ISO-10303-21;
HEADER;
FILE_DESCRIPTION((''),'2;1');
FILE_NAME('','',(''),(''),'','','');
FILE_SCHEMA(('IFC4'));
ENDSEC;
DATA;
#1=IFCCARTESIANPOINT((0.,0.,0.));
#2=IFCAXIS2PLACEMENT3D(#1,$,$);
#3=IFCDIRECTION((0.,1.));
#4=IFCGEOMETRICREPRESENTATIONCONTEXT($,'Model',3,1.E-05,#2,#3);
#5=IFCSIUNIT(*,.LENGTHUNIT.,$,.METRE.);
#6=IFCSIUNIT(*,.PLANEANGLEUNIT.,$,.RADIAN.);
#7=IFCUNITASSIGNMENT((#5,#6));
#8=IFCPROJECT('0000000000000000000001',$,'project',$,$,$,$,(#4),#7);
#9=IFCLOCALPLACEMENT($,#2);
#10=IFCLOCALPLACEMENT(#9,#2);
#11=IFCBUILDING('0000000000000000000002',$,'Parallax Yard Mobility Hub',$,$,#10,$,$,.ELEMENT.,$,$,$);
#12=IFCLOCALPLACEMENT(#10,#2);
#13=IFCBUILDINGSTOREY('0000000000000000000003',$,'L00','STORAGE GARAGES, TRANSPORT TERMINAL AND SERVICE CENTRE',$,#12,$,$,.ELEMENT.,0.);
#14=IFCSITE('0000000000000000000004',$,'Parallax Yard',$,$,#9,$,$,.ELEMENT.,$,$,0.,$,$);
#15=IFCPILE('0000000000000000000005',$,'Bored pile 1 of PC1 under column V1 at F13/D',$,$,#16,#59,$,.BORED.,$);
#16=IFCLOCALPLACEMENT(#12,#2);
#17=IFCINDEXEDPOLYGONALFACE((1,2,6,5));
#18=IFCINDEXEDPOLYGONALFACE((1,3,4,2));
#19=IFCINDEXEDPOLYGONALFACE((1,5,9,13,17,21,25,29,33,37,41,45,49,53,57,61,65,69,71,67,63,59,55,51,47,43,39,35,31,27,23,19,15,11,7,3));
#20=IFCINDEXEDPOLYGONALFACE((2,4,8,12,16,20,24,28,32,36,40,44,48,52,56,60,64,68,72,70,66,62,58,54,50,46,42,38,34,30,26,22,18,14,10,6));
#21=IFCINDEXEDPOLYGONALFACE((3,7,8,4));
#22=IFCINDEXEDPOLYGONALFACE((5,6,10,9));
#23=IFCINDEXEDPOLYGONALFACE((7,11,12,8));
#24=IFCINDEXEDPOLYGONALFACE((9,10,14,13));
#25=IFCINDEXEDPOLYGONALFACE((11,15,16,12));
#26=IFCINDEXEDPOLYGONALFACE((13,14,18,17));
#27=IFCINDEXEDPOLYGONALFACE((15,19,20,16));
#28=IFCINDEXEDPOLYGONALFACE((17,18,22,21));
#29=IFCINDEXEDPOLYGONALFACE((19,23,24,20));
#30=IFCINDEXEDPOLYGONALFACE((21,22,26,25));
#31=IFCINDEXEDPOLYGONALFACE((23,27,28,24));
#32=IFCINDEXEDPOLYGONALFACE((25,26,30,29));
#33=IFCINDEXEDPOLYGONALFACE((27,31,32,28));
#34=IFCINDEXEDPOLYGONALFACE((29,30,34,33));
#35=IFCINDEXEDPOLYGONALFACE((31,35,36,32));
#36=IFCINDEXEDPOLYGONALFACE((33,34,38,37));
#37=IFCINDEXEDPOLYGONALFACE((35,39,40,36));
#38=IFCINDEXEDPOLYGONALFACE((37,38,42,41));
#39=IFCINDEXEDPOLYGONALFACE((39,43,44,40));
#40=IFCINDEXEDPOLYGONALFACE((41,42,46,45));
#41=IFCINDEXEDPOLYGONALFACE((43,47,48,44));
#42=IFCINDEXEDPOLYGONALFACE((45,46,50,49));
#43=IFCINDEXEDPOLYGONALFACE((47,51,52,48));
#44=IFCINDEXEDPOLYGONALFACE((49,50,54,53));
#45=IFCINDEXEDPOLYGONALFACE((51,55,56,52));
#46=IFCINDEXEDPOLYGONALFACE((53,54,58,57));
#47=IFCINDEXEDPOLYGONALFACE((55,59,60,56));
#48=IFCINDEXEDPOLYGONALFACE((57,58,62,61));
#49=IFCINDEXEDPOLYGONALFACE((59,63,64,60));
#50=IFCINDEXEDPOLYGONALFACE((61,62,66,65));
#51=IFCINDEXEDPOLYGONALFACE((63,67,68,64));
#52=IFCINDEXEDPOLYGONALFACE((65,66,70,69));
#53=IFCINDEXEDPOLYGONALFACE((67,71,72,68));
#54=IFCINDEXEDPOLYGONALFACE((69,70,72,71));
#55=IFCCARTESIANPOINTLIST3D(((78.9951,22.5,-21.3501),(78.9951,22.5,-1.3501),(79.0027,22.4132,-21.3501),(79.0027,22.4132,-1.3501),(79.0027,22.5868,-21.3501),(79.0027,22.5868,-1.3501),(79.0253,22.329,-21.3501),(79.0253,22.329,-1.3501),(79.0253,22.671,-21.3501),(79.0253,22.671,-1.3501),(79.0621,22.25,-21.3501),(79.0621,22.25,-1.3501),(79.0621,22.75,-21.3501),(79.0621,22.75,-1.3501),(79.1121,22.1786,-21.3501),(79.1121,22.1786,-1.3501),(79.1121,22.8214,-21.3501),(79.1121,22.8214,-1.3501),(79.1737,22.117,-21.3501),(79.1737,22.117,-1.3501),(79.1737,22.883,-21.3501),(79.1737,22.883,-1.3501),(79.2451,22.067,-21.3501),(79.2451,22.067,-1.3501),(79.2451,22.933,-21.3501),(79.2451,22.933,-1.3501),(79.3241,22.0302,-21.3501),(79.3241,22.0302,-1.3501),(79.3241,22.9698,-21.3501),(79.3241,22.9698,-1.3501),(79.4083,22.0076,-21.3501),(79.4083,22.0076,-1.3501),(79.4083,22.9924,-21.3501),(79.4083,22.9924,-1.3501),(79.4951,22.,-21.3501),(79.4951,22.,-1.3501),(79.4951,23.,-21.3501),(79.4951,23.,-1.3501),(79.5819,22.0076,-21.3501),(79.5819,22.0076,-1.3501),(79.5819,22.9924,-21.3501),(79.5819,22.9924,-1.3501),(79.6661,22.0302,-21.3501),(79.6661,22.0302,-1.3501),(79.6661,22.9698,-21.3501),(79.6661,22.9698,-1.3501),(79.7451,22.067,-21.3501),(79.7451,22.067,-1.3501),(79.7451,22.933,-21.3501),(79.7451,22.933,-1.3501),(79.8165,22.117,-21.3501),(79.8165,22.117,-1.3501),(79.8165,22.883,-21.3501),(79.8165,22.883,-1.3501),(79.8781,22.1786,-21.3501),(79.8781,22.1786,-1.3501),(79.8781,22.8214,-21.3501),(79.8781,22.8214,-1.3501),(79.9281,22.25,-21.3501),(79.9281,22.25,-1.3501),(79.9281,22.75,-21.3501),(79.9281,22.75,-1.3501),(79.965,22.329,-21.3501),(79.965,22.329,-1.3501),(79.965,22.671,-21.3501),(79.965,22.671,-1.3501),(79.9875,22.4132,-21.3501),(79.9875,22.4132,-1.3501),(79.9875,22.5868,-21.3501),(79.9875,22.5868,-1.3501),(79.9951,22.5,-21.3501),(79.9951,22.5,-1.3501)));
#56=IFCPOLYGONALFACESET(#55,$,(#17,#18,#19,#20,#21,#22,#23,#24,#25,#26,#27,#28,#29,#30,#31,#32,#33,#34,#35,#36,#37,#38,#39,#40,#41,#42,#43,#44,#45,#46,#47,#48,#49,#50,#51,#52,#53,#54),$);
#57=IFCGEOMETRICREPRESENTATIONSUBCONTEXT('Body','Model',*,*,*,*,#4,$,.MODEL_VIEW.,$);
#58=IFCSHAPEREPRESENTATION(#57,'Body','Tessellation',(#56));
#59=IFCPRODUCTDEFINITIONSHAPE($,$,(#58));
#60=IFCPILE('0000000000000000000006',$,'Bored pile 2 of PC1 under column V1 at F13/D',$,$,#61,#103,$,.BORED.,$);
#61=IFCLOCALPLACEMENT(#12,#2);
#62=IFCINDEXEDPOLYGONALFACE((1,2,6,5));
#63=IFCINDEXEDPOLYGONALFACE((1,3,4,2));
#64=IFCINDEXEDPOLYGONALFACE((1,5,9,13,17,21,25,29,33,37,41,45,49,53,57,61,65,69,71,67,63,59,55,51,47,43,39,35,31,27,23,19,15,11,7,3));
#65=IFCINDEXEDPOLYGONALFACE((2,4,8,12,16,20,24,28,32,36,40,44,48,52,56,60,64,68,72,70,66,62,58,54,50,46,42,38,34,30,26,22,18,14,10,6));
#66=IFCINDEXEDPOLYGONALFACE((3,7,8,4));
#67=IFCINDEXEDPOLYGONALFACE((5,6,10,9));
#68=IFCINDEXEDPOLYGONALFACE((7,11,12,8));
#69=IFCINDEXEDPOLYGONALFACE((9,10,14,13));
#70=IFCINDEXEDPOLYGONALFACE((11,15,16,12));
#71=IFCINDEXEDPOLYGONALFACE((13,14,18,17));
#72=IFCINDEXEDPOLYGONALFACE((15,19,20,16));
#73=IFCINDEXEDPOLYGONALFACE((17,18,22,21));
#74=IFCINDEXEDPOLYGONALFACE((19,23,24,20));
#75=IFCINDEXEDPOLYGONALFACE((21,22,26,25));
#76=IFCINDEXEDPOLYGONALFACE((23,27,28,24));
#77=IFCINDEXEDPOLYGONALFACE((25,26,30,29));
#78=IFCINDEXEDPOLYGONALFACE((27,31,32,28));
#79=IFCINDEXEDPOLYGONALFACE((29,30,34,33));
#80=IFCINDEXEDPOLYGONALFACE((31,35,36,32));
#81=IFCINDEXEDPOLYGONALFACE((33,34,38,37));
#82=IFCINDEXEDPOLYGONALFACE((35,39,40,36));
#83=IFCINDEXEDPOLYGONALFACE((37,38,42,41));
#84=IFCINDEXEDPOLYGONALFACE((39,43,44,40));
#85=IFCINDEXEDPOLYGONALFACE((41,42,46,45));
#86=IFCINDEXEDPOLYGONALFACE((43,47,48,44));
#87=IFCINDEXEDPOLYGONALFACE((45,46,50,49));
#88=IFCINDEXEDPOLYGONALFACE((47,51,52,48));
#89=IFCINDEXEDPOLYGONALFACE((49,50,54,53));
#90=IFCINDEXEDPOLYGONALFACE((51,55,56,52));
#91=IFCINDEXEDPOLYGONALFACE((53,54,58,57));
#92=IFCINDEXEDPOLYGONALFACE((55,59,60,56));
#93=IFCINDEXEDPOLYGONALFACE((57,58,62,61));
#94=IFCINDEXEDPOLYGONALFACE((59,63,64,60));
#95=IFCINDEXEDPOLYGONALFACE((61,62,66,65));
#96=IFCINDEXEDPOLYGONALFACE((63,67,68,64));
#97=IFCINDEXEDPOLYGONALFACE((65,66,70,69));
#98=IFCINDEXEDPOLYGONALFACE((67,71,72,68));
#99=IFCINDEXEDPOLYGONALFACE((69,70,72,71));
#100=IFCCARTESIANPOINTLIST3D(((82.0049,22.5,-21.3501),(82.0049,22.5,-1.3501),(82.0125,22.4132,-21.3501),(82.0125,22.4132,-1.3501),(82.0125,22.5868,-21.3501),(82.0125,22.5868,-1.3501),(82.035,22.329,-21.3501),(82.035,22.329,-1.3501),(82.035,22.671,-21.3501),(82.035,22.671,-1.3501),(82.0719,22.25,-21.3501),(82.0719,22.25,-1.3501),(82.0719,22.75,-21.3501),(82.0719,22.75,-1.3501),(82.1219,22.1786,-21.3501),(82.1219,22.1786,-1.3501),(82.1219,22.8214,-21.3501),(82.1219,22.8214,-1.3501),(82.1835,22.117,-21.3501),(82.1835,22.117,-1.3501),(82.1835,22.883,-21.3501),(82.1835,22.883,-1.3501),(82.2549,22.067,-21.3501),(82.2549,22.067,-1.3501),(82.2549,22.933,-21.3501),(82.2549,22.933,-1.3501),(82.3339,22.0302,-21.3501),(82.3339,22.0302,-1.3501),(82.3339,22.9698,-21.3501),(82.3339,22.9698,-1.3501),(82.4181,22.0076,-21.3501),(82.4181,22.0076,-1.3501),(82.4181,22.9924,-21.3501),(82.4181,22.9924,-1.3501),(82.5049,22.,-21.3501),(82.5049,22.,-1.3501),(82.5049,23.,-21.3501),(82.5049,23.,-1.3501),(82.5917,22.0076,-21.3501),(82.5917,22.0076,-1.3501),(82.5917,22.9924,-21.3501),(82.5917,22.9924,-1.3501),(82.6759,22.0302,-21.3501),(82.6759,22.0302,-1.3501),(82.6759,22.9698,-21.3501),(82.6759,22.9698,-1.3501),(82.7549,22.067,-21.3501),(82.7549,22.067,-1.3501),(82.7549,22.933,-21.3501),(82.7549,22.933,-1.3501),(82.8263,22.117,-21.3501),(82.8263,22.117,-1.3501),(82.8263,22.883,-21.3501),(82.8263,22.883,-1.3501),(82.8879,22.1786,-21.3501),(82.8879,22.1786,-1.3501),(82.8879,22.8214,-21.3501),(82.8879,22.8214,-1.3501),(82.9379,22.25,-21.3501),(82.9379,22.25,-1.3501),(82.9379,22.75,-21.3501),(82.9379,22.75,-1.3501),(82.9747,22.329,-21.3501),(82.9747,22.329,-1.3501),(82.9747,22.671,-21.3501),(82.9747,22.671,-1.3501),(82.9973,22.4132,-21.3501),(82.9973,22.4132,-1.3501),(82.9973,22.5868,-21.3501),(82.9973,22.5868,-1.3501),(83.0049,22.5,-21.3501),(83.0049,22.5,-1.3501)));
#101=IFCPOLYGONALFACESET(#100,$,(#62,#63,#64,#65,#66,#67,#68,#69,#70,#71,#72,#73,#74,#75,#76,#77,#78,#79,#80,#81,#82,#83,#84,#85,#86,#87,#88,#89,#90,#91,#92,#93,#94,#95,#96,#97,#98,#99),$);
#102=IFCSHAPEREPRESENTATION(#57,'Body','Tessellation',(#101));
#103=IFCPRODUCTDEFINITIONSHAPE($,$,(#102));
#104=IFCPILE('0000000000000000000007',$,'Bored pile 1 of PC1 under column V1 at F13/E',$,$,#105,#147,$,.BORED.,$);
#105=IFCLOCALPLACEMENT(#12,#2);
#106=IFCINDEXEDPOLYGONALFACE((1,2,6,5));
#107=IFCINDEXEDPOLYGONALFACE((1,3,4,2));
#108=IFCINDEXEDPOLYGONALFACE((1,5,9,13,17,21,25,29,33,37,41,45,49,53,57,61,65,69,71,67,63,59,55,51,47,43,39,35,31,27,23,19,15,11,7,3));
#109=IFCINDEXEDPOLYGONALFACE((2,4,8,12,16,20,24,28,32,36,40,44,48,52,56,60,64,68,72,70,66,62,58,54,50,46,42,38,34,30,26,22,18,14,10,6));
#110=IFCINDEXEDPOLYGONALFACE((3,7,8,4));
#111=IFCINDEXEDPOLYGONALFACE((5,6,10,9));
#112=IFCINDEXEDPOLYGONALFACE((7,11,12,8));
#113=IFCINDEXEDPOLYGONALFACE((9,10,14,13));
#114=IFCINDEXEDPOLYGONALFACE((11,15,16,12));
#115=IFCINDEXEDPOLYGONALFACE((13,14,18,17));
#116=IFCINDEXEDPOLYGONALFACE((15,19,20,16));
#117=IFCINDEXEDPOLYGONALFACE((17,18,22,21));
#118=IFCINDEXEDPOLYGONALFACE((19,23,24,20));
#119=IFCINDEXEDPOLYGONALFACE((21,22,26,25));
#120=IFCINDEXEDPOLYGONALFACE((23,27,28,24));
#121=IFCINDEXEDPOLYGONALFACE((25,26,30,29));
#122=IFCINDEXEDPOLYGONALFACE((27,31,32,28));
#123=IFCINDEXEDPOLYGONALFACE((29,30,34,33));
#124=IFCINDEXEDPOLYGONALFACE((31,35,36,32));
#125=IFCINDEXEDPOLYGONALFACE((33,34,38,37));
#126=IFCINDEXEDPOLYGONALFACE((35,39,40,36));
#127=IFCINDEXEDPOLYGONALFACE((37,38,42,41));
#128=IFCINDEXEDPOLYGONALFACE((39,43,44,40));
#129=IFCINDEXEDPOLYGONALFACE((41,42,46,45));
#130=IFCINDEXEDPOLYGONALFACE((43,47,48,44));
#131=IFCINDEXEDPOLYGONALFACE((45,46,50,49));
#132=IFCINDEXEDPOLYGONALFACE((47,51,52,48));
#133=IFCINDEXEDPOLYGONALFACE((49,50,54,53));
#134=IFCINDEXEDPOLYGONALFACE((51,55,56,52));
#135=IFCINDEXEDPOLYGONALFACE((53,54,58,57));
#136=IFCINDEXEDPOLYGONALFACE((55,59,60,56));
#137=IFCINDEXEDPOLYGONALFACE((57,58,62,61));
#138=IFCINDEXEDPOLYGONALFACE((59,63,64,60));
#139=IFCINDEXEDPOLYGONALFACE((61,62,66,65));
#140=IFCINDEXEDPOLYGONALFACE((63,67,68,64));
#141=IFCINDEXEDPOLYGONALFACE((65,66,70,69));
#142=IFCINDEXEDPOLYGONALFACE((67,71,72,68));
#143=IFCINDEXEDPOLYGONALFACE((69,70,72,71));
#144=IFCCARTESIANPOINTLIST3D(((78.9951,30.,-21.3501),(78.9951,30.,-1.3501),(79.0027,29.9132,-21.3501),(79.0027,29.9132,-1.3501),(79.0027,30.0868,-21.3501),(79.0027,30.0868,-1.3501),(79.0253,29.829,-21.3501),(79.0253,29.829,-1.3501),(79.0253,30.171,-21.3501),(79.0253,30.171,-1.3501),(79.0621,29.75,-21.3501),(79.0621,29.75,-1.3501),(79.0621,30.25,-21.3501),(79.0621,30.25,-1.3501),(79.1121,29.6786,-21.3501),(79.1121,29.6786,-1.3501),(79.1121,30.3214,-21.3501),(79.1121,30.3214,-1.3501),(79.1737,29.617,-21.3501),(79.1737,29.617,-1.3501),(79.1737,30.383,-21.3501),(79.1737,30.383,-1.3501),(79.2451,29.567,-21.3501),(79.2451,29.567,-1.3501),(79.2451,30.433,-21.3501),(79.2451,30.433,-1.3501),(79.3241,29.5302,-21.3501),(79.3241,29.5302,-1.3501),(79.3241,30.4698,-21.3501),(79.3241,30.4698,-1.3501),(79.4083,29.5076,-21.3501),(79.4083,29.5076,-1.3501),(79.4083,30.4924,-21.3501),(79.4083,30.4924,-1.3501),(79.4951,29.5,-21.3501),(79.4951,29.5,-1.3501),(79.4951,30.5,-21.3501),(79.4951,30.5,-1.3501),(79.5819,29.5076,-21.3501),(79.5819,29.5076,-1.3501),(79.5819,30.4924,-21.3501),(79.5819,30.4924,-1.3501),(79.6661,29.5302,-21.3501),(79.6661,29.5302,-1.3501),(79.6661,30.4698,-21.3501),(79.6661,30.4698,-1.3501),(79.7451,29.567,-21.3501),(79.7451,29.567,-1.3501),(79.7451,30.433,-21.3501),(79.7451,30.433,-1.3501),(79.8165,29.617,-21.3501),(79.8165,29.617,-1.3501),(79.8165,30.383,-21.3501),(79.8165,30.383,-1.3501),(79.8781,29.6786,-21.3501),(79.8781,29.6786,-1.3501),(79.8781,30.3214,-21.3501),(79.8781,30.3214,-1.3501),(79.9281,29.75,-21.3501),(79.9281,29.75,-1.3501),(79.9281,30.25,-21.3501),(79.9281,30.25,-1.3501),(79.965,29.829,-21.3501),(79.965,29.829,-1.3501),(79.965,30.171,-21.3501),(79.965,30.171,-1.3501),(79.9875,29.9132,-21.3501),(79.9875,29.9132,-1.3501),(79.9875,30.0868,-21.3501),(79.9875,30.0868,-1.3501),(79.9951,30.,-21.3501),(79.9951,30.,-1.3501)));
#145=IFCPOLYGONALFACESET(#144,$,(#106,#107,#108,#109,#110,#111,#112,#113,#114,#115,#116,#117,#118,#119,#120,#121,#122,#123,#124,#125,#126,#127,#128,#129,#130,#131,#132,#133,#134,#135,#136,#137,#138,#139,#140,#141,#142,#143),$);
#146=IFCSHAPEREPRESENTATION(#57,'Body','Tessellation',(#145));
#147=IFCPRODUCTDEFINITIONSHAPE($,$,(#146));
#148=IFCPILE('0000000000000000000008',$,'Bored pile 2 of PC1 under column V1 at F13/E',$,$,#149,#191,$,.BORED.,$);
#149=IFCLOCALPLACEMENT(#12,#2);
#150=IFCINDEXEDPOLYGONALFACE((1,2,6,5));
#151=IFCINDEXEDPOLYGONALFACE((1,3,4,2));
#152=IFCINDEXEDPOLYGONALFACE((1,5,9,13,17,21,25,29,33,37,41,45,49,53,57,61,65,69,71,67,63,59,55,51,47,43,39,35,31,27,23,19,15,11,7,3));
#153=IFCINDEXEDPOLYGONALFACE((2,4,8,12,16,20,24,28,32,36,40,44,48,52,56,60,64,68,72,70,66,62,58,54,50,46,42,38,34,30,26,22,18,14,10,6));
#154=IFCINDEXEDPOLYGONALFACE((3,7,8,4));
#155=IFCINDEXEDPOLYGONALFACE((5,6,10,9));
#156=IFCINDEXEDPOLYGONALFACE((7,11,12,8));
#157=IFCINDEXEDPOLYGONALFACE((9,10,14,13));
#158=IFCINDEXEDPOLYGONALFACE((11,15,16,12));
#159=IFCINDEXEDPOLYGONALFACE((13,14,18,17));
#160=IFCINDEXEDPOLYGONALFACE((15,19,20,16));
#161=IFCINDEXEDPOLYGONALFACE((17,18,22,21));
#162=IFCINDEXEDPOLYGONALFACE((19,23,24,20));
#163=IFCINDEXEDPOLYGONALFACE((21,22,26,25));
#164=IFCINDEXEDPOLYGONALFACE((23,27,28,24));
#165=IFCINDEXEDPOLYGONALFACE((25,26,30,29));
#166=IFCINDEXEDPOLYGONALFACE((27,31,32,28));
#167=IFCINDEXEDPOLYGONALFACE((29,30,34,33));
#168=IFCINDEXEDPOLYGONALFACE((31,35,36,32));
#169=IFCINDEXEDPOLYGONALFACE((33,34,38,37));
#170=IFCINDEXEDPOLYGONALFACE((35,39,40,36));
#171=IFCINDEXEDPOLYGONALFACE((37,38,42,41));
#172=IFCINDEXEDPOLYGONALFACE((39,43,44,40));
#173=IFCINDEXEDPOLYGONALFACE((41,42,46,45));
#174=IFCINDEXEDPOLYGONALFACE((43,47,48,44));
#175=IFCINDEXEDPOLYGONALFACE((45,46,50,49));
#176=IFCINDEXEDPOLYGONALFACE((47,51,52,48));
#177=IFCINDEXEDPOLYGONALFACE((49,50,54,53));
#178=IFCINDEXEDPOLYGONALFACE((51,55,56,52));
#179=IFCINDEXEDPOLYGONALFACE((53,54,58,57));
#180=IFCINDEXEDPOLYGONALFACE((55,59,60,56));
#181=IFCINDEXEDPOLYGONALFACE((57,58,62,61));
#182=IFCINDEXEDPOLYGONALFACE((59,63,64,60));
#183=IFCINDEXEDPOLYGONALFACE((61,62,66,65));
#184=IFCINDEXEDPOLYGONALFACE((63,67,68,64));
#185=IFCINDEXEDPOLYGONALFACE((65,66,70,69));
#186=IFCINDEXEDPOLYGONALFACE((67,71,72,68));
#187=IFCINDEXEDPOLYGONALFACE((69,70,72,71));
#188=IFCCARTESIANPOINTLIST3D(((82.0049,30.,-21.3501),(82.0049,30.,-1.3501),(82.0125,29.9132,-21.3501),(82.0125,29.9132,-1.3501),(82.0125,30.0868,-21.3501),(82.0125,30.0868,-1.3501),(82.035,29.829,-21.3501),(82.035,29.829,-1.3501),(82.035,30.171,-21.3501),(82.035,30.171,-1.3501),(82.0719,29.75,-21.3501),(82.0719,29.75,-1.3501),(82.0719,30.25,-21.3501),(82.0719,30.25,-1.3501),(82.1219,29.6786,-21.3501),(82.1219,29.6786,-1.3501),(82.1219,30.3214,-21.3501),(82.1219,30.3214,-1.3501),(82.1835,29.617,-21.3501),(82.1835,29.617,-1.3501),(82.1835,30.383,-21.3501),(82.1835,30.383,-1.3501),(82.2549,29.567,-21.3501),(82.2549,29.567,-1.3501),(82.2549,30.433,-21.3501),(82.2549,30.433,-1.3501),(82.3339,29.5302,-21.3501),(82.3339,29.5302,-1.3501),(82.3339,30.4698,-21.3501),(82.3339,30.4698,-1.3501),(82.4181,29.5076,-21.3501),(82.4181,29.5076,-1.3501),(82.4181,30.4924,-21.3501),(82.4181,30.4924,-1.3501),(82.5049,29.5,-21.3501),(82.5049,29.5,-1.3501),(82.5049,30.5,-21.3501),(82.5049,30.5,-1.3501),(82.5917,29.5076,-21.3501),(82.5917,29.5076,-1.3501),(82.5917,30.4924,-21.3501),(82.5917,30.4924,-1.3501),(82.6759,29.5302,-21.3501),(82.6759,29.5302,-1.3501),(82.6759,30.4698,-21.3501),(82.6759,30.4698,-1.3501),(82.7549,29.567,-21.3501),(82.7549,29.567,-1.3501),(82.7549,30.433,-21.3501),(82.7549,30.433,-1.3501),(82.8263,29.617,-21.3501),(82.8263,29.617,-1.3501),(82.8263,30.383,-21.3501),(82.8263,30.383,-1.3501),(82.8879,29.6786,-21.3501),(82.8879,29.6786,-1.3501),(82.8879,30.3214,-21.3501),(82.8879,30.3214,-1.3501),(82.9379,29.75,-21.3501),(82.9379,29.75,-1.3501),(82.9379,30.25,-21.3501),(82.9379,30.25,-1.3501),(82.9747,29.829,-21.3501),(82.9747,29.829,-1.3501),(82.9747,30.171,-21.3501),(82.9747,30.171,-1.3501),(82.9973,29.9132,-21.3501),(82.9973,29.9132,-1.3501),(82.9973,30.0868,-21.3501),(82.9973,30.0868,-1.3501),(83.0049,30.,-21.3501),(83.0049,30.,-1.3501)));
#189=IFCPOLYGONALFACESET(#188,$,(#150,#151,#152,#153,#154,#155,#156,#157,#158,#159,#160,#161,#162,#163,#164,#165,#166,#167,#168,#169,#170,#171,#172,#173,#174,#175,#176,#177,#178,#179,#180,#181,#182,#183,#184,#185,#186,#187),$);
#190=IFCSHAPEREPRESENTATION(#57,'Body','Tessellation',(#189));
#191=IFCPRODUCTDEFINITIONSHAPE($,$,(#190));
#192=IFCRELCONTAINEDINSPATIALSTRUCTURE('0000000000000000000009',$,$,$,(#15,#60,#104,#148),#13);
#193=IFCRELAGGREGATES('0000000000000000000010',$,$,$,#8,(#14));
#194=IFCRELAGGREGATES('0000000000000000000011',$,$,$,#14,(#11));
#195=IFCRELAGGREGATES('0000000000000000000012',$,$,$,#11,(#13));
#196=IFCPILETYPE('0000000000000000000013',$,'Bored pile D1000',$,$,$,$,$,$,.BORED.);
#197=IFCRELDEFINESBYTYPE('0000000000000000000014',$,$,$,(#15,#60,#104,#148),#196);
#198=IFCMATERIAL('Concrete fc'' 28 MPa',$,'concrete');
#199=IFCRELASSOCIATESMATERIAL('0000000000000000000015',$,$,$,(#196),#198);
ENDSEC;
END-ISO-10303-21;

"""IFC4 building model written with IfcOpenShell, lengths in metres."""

from ifc_helpers import new_model, si_unit, direction, frame, origin, origin_2d, place, context, subcontext, project, spatial, circle, extrude, material, material_profile, profile_set, type_object, element, save


model = new_model("IFC4")

# Units and contexts
model_context = context("Model", 3, precision=1e-05, world=origin(), true_north=direction((0.0, 1.0)))
body_context = subcontext(model_context, "Body", "Model", "MODEL_VIEW")
ifc_project = project(units=[si_unit("LENGTHUNIT", "METRE"), si_unit("PLANEANGLEUNIT", "RADIAN")], contexts=[model_context])

# Site, building, storey
site_placement = place(None, origin())
site = spatial("IfcSite", under=ifc_project, at=site_placement, Name="Parallax Yard", CompositionType="ELEMENT", RefElevation=0.0)
building_placement = place(site_placement, origin())
building = spatial("IfcBuilding", under=site, at=building_placement, Name="Parallax Yard Mobility Hub", CompositionType="ELEMENT")
storey_placement = place(building_placement, origin())
storey = spatial("IfcBuildingStorey", under=building, at=storey_placement, Name="L00", Description="STORAGE GARAGES, TRANSPORT TERMINAL AND SERVICE CENTRE", CompositionType="ELEMENT", Elevation=0.0)

# Piles
ifc_material_1 = material(Name="Concrete fc' 28 MPa", Category="concrete")
ifc_material_profile_1 = material_profile(ifc_material_1, circle(Radius=0.5, at=origin_2d()), Name="Bored pile D1000")
ifc_profile_set_1 = profile_set([ifc_material_profile_1], Name="Concrete fc' 28 MPa")
pile_type = type_object("IfcPileType", Name="Bored pile D1000", PredefinedType="BORED", material=ifc_profile_set_1)
for number, where, z_axis, x_axis, name in (
    (1, (79.4951, 22.5, -1.3501), (0.0, 0.0, -1.0), (1.0, 0.0, 0.0), "Bored pile 1 of PC1 under column V1 at F13/D"),
    (2, (82.5049, 22.5, -1.3501), (0.0, 0.0, -1.0), (1.0, 0.0, 0.0), "Bored pile 2 of PC1 under column V1 at F13/D"),
    (3, (79.4951, 30.0, -1.3501), (0.0, 0.0, -1.0), (1.0, 0.0, 0.0), "Bored pile 1 of PC1 under column V1 at F13/E"),
    (4, (82.5049, 30.0, -1.3501), (0.0, 0.0, -1.0), (1.0, 0.0, 0.0), "Bored pile 2 of PC1 under column V1 at F13/E"),
):
    element("IfcPile", number, at=place(storey_placement, frame(where, z_axis=z_axis, x_axis=x_axis)), inside=storey, type_object=pile_type, Name=name, PredefinedType="BORED", context=body_context, shape_type="SweptSolid", body=[
        extrude(circle(Radius=0.5, at=origin_2d()), origin(), (0.0, 0.0, 1.0), 20.0),
    ])

save(model, "model.ifc")
